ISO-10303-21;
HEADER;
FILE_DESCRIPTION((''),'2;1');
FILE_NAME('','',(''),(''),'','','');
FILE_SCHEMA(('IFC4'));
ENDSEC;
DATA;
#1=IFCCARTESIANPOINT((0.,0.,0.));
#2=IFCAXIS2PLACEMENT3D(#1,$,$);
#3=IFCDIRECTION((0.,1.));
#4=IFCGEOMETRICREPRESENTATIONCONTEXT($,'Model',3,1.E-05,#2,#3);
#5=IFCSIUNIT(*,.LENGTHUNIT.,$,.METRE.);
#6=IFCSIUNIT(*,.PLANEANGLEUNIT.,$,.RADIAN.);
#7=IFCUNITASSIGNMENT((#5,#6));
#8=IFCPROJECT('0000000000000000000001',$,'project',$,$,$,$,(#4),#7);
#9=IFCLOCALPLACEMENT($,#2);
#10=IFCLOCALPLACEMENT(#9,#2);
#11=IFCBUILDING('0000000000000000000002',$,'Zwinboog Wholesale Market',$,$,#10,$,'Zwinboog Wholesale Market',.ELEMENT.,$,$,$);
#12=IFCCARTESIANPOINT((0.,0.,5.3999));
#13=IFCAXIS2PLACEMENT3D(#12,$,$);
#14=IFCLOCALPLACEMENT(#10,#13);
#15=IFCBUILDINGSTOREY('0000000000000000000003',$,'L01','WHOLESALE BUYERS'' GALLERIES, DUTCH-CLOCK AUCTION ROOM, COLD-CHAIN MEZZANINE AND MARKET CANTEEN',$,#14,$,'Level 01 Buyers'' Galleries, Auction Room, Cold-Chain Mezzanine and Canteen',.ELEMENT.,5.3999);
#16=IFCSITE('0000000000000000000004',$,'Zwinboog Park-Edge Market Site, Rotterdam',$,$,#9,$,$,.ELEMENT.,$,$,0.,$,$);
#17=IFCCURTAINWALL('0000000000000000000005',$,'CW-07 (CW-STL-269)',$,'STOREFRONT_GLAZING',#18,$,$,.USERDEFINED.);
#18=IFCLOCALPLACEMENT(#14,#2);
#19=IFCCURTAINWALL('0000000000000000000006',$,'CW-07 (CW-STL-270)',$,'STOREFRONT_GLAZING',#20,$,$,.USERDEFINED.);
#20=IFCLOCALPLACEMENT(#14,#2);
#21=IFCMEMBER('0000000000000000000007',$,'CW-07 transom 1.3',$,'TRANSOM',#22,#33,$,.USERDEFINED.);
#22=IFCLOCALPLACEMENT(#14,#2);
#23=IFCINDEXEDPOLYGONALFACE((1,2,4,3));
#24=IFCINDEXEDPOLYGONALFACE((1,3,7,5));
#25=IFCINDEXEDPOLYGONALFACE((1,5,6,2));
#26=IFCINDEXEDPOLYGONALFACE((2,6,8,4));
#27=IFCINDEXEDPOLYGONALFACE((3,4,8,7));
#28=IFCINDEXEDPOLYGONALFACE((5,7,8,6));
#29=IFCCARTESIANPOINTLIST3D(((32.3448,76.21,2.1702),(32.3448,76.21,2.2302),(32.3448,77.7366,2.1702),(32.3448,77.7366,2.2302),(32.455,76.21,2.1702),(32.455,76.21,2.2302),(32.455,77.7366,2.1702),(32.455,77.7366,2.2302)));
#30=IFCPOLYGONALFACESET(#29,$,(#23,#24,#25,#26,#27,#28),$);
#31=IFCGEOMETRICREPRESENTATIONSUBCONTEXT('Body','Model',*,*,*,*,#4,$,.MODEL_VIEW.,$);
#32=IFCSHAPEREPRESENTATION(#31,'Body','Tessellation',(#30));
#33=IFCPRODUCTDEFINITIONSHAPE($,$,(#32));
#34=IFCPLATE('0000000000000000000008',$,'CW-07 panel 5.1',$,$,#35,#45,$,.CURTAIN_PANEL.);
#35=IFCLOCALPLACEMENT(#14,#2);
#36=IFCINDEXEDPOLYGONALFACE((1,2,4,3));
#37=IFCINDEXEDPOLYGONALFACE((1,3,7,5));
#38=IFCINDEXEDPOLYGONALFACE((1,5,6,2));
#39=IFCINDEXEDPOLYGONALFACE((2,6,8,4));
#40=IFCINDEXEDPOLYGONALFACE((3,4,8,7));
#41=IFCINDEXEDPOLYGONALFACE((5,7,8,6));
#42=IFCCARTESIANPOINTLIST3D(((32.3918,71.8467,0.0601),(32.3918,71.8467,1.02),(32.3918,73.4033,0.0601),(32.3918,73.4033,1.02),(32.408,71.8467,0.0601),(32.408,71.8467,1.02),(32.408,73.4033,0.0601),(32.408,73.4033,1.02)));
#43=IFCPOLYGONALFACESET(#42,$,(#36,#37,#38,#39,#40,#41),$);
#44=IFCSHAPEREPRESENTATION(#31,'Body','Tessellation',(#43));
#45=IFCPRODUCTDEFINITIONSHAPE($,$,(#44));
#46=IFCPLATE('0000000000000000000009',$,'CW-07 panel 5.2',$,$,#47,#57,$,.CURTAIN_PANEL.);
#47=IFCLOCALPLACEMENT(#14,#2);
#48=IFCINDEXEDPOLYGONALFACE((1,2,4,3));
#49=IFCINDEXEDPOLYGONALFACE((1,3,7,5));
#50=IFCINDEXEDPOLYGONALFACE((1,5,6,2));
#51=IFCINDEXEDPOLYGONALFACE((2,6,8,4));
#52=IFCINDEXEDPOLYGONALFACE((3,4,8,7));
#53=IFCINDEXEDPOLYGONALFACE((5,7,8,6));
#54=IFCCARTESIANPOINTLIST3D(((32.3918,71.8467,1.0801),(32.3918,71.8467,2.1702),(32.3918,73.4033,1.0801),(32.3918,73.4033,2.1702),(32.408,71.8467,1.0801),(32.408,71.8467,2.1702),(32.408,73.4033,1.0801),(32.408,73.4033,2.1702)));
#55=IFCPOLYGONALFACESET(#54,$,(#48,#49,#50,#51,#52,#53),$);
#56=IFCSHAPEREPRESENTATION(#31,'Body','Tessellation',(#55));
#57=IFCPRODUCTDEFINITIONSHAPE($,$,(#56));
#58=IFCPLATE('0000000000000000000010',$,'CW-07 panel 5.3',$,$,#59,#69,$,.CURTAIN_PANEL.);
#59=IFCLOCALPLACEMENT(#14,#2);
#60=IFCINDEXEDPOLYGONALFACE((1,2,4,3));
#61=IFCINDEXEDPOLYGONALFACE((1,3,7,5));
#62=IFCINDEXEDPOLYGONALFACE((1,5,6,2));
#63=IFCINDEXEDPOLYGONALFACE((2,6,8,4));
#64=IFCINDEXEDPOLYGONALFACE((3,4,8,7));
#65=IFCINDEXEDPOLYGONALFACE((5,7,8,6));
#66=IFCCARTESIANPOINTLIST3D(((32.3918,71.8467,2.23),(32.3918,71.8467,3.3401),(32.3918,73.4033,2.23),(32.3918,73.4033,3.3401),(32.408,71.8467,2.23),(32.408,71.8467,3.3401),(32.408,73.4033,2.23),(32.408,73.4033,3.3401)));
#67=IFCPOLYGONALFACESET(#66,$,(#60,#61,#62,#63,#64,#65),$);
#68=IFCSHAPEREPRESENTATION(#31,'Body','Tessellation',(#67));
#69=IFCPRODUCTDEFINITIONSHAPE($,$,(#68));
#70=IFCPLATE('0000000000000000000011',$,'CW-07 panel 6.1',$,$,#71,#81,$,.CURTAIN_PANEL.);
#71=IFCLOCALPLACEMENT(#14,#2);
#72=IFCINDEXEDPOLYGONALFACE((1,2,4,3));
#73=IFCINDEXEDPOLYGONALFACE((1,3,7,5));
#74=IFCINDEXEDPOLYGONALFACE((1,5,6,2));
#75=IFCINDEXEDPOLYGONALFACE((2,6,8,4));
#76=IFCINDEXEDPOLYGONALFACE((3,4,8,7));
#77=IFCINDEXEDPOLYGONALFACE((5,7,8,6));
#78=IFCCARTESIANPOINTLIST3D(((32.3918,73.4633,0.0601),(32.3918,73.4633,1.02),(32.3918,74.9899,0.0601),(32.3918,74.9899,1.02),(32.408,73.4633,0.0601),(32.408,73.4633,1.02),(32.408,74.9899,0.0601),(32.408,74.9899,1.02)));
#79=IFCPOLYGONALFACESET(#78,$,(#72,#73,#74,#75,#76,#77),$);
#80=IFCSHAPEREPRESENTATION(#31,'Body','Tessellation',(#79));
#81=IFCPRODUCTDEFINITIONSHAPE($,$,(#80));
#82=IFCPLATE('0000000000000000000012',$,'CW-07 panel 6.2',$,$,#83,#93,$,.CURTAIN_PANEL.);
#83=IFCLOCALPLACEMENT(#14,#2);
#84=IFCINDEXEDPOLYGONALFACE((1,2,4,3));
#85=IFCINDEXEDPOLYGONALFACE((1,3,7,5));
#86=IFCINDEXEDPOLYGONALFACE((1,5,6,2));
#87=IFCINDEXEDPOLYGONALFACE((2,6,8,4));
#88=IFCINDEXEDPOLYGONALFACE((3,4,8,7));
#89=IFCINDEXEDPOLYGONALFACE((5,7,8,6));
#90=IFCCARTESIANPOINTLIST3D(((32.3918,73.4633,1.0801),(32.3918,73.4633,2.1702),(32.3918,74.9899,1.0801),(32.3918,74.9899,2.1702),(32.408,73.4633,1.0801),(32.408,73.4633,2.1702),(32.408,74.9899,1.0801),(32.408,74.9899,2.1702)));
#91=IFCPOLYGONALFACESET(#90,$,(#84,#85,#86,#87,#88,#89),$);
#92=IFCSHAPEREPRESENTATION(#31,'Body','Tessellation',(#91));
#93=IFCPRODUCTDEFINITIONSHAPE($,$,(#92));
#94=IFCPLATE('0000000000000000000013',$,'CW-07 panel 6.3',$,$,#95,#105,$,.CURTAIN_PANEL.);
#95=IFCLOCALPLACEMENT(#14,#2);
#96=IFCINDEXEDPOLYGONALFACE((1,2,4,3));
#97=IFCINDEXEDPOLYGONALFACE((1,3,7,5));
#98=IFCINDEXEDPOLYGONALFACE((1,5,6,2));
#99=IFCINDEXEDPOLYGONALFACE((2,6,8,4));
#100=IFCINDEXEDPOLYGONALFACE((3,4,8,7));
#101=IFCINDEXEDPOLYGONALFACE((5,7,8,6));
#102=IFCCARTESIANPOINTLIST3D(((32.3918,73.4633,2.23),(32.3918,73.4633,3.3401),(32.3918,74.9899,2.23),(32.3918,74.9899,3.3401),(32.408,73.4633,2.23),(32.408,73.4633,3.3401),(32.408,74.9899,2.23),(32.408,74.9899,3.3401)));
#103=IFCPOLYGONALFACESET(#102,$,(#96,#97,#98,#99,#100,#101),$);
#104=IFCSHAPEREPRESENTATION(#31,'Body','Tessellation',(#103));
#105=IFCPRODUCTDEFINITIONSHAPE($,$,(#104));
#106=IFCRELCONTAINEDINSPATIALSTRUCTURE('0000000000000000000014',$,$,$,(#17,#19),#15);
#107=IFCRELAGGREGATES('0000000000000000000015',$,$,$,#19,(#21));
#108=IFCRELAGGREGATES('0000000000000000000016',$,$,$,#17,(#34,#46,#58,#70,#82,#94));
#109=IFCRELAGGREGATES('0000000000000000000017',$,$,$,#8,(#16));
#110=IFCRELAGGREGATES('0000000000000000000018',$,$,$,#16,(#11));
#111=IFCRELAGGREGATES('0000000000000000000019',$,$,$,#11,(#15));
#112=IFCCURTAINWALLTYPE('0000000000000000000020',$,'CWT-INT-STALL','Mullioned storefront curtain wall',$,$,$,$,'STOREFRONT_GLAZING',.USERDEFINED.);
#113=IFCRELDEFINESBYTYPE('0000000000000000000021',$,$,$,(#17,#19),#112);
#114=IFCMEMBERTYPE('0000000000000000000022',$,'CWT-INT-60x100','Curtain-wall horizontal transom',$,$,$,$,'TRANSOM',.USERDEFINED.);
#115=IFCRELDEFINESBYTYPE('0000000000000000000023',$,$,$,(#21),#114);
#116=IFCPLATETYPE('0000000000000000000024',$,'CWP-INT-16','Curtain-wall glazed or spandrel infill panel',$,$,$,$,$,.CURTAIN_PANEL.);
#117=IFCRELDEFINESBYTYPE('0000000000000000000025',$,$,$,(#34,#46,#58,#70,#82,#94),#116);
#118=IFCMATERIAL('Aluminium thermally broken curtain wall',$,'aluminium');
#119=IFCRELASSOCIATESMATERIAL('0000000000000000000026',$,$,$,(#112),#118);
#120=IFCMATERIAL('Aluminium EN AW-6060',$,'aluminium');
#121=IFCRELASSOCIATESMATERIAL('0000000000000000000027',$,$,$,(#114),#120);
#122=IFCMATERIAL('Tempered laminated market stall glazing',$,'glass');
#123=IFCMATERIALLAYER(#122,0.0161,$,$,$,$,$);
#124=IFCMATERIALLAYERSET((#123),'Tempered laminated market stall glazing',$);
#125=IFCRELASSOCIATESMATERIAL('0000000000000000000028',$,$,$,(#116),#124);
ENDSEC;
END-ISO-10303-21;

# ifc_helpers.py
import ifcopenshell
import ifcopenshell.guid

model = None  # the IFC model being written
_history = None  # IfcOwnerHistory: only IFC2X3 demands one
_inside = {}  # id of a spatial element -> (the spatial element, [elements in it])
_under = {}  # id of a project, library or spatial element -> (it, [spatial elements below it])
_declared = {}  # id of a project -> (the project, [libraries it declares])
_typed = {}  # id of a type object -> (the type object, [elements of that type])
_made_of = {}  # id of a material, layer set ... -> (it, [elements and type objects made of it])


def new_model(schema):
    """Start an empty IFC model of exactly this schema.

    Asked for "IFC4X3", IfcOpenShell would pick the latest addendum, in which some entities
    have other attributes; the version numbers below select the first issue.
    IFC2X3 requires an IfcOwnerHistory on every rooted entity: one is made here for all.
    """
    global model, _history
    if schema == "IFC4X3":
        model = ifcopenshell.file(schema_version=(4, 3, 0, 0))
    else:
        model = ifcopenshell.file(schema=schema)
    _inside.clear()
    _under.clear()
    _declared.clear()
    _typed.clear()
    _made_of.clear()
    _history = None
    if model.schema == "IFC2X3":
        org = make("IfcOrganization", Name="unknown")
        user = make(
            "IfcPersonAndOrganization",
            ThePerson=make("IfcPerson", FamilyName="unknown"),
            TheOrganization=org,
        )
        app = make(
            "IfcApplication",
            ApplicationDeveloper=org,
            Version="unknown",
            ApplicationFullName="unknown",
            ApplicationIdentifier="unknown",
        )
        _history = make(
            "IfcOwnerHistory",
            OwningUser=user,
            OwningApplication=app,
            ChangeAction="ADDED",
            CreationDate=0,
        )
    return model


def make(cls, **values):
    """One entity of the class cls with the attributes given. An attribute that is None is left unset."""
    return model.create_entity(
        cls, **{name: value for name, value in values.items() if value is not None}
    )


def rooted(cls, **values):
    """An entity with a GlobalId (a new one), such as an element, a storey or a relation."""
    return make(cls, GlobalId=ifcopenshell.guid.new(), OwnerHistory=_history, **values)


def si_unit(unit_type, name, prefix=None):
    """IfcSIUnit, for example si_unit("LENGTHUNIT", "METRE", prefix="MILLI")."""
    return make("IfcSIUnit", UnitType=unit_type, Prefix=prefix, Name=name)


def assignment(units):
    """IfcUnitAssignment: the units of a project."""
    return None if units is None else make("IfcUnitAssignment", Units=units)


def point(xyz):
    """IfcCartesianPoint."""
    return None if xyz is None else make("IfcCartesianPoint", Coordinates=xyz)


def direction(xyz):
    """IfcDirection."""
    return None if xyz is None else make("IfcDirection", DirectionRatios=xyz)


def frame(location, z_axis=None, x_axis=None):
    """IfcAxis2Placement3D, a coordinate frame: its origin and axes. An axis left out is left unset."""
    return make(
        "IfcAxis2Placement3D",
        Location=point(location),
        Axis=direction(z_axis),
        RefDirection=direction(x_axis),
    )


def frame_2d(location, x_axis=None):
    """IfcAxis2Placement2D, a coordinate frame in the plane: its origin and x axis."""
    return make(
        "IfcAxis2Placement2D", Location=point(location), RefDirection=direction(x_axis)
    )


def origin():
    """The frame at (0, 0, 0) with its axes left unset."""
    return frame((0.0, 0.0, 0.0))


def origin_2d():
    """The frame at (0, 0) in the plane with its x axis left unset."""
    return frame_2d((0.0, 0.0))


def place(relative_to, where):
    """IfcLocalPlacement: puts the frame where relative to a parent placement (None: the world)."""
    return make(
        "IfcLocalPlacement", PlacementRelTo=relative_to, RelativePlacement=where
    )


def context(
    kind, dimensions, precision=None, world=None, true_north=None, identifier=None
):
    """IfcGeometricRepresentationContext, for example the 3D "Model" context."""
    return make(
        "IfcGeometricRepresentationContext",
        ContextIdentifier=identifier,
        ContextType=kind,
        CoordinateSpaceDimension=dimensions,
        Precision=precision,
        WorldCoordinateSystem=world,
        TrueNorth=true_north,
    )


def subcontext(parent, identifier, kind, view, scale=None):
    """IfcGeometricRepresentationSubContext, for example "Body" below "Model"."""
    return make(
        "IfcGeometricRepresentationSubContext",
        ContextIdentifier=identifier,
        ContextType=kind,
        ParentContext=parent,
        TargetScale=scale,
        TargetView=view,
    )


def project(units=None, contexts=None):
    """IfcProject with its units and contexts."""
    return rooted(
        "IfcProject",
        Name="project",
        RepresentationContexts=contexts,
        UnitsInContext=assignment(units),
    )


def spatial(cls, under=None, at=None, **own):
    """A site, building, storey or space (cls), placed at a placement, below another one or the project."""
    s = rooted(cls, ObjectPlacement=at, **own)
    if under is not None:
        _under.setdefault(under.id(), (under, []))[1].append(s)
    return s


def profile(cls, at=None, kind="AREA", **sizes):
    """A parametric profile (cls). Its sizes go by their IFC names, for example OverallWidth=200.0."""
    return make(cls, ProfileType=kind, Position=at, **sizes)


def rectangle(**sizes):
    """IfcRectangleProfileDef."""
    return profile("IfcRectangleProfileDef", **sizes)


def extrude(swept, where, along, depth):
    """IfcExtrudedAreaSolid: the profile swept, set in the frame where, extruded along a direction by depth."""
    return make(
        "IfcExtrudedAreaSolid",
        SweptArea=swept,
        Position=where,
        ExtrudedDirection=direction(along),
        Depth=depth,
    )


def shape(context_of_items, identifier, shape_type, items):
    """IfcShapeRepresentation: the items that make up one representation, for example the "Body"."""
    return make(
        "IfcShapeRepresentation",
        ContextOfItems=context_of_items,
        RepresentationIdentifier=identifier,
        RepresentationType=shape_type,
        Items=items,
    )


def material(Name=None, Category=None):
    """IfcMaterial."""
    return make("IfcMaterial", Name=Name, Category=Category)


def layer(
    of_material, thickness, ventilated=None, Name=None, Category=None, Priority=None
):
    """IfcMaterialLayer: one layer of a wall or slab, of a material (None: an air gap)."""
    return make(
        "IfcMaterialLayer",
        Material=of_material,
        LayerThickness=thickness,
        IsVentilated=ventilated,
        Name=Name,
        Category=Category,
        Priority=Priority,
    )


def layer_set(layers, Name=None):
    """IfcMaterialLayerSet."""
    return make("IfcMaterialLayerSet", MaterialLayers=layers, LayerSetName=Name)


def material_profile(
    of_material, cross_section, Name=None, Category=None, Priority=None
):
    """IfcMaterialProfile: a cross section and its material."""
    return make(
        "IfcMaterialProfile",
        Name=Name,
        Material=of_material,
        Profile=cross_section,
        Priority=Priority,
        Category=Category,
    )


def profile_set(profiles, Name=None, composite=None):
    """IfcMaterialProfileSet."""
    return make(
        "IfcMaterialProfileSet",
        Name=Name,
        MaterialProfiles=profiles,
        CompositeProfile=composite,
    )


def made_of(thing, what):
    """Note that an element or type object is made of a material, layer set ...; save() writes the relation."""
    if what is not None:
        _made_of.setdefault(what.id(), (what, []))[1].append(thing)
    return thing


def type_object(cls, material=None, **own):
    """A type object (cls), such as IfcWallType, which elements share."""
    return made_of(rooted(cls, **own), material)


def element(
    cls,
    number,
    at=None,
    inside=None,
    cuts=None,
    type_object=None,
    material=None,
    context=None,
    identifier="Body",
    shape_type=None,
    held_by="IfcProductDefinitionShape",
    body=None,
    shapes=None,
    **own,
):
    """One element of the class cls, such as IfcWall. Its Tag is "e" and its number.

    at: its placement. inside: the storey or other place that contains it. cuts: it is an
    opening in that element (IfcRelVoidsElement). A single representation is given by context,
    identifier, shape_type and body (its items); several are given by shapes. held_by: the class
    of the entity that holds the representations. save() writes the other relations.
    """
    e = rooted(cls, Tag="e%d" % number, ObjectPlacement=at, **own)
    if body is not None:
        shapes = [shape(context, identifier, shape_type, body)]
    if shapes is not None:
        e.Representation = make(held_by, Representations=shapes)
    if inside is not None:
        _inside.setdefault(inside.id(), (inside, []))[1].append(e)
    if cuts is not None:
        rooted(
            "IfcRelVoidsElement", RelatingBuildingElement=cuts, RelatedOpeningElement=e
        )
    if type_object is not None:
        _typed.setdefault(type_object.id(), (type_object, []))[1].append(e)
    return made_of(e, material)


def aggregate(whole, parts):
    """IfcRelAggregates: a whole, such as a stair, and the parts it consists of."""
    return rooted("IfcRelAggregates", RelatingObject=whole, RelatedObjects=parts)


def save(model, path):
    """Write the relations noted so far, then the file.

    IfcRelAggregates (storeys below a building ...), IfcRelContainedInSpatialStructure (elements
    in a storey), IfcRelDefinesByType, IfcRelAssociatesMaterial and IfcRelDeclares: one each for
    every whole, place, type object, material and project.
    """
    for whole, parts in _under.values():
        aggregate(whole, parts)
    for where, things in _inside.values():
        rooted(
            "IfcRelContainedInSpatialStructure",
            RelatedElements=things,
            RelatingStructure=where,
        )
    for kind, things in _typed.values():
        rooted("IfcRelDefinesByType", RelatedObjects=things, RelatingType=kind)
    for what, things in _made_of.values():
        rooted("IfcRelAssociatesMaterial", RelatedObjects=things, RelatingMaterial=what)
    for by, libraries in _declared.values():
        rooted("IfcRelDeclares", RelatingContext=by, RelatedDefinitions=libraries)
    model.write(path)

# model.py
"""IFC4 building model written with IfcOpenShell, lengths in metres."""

from ifc_helpers import new_model, si_unit, direction, frame, origin, origin_2d, place, context, subcontext, project, spatial, rectangle, extrude, material, layer, layer_set, material_profile, profile_set, type_object, element, aggregate, save


model = new_model("IFC4")

# Units and contexts
model_context = context("Model", 3, precision=1e-05, world=origin(), true_north=direction((0.0, 1.0)))
body_context = subcontext(model_context, "Body", "Model", "MODEL_VIEW")
ifc_project = project(units=[si_unit("LENGTHUNIT", "METRE"), si_unit("PLANEANGLEUNIT", "RADIAN")], contexts=[model_context])

# Site, building, storey
site_placement = place(None, origin())
site = spatial("IfcSite", under=ifc_project, at=site_placement, Name="Zwinboog Park-Edge Market Site, Rotterdam", CompositionType="ELEMENT", RefElevation=0.0)
building_placement = place(site_placement, origin())
building = spatial("IfcBuilding", under=site, at=building_placement, Name="Zwinboog Wholesale Market", LongName="Zwinboog Wholesale Market", CompositionType="ELEMENT")
storey_placement = place(building_placement, frame((0.0, 0.0, 5.3999)))
storey = spatial("IfcBuildingStorey", under=building, at=storey_placement, Name="L01", Description="WHOLESALE BUYERS' GALLERIES, DUTCH-CLOCK AUCTION ROOM, COLD-CHAIN MEZZANINE AND MARKET CANTEEN", LongName="Level 01 Buyers' Galleries, Auction Room, Cold-Chain Mezzanine and Canteen", CompositionType="ELEMENT", Elevation=5.3999)

# Curtain wall
ifc_material_1 = material(Name="Aluminium thermally broken curtain wall", Category="aluminium")
curtain_wall_type = type_object("IfcCurtainWallType", Name="CWT-INT-STALL", Description="Mullioned storefront curtain wall", ElementType="STOREFRONT_GLAZING", PredefinedType="USERDEFINED", material=ifc_material_1)
curtain_wall_1_placement = place(storey_placement, origin())
curtain_wall_1 = element("IfcCurtainWall", 1, at=curtain_wall_1_placement, inside=storey, type_object=curtain_wall_type, Name="CW-07 (CW-STL-269)", ObjectType="STOREFRONT_GLAZING", PredefinedType="USERDEFINED")
ifc_material_2 = material(Name="Aluminium EN AW-6060", Category="aluminium")

# Curtain wall
curtain_wall_2_placement = place(storey_placement, origin())
curtain_wall_2 = element("IfcCurtainWall", 2, at=curtain_wall_2_placement, inside=storey, type_object=curtain_wall_type, Name="CW-07 (CW-STL-270)", ObjectType="STOREFRONT_GLAZING", PredefinedType="USERDEFINED")

# Member
ifc_material_profile_1 = material_profile(ifc_material_2, rectangle(XDim=0.1101, YDim=0.0601, at=origin_2d()), Name="AL 60x110")
ifc_profile_set_1 = profile_set([ifc_material_profile_1], Name="Aluminium EN AW-6060")
member_type_1 = type_object("IfcMemberType", Name="CWT-INT-60x100", Description="Curtain-wall horizontal transom", ElementType="TRANSOM", PredefinedType="USERDEFINED", material=ifc_profile_set_1)
member_1_placement = place(storey_placement, frame((32.3999, 76.21, 2.2002), z_axis=(0.0, 1.0, 0.0), x_axis=(-1.0, 0.0, 0.0)))
member_1 = element("IfcMember", 3, at=member_1_placement, type_object=member_type_1, Name="CW-07 transom 1.3", ObjectType="TRANSOM", PredefinedType="USERDEFINED", context=body_context, shape_type="SweptSolid", body=[
    extrude(rectangle(XDim=0.1101, YDim=0.0601, at=origin_2d()), origin(), (0.0, 0.0, 1.0), 1.5266),
])
aggregate(curtain_wall_2, [member_1])

# Plates
ifc_material_3 = material(Name="Tempered laminated market stall glazing", Category="glass")
ifc_layer = layer(ifc_material_3, 0.0161)
ifc_layer_set = layer_set([ifc_layer], Name="Tempered laminated market stall glazing")
plate_type = type_object("IfcPlateType", Name="CWP-INT-16", Description="Curtain-wall glazed or spandrel infill panel", PredefinedType="CURTAIN_PANEL", material=ifc_layer_set)
plate_1_placement = place(storey_placement, frame((32.3999, 72.625, 0.0601), z_axis=(0.0, 0.0, 1.0), x_axis=(0.0, 1.0, 0.0)))
plate_1 = element("IfcPlate", 4, at=plate_1_placement, type_object=plate_type, Name="CW-07 panel 5.1", PredefinedType="CURTAIN_PANEL", context=body_context, shape_type="SweptSolid", body=[
    extrude(rectangle(XDim=1.5566, YDim=0.0161, at=origin_2d()), origin(), (0.0, 0.0, 1.0), 0.96),
])
plate_2_placement = place(storey_placement, frame((32.3999, 72.625, 1.0801), z_axis=(0.0, 0.0, 1.0), x_axis=(0.0, 1.0, 0.0)))
plate_2 = element("IfcPlate", 5, at=plate_2_placement, type_object=plate_type, Name="CW-07 panel 5.2", PredefinedType="CURTAIN_PANEL", context=body_context, shape_type="SweptSolid", body=[
    extrude(rectangle(XDim=1.5566, YDim=0.0161, at=origin_2d()), origin(), (0.0, 0.0, 1.0), 1.0901),
])
plate_3_placement = place(storey_placement, frame((32.3999, 72.625, 2.23), z_axis=(0.0, 0.0, 1.0), x_axis=(0.0, 1.0, 0.0)))
plate_3 = element("IfcPlate", 6, at=plate_3_placement, type_object=plate_type, Name="CW-07 panel 5.3", PredefinedType="CURTAIN_PANEL", context=body_context, shape_type="SweptSolid", body=[
    extrude(rectangle(XDim=1.5566, YDim=0.0161, at=origin_2d()), origin(), (0.0, 0.0, 1.0), 1.1101),
])
plate_4_placement = place(storey_placement, frame((32.3999, 74.2266, 0.0601), z_axis=(0.0, 0.0, 1.0), x_axis=(0.0, 1.0, 0.0)))
plate_4 = element("IfcPlate", 7, at=plate_4_placement, type_object=plate_type, Name="CW-07 panel 6.1", PredefinedType="CURTAIN_PANEL", context=body_context, shape_type="SweptSolid", body=[
    extrude(rectangle(XDim=1.5266, YDim=0.0161, at=origin_2d()), origin(), (0.0, 0.0, 1.0), 0.96),
])
plate_5_placement = place(storey_placement, frame((32.3999, 74.2266, 1.0801), z_axis=(0.0, 0.0, 1.0), x_axis=(0.0, 1.0, 0.0)))
plate_5 = element("IfcPlate", 8, at=plate_5_placement, type_object=plate_type, Name="CW-07 panel 6.2", PredefinedType="CURTAIN_PANEL", context=body_context, shape_type="SweptSolid", body=[
    extrude(rectangle(XDim=1.5266, YDim=0.0161, at=origin_2d()), origin(), (0.0, 0.0, 1.0), 1.0901),
])
plate_6_placement = place(storey_placement, frame((32.3999, 74.2266, 2.23), z_axis=(0.0, 0.0, 1.0), x_axis=(0.0, 1.0, 0.0)))
plate_6 = element("IfcPlate", 9, at=plate_6_placement, type_object=plate_type, Name="CW-07 panel 6.3", PredefinedType="CURTAIN_PANEL", context=body_context, shape_type="SweptSolid", body=[
    extrude(rectangle(XDim=1.5266, YDim=0.0161, at=origin_2d()), origin(), (0.0, 0.0, 1.0), 1.1101),
])
aggregate(curtain_wall_1, [plate_1, plate_2, plate_3, plate_4, plate_5, plate_6])

save(model, "model.ifc")
